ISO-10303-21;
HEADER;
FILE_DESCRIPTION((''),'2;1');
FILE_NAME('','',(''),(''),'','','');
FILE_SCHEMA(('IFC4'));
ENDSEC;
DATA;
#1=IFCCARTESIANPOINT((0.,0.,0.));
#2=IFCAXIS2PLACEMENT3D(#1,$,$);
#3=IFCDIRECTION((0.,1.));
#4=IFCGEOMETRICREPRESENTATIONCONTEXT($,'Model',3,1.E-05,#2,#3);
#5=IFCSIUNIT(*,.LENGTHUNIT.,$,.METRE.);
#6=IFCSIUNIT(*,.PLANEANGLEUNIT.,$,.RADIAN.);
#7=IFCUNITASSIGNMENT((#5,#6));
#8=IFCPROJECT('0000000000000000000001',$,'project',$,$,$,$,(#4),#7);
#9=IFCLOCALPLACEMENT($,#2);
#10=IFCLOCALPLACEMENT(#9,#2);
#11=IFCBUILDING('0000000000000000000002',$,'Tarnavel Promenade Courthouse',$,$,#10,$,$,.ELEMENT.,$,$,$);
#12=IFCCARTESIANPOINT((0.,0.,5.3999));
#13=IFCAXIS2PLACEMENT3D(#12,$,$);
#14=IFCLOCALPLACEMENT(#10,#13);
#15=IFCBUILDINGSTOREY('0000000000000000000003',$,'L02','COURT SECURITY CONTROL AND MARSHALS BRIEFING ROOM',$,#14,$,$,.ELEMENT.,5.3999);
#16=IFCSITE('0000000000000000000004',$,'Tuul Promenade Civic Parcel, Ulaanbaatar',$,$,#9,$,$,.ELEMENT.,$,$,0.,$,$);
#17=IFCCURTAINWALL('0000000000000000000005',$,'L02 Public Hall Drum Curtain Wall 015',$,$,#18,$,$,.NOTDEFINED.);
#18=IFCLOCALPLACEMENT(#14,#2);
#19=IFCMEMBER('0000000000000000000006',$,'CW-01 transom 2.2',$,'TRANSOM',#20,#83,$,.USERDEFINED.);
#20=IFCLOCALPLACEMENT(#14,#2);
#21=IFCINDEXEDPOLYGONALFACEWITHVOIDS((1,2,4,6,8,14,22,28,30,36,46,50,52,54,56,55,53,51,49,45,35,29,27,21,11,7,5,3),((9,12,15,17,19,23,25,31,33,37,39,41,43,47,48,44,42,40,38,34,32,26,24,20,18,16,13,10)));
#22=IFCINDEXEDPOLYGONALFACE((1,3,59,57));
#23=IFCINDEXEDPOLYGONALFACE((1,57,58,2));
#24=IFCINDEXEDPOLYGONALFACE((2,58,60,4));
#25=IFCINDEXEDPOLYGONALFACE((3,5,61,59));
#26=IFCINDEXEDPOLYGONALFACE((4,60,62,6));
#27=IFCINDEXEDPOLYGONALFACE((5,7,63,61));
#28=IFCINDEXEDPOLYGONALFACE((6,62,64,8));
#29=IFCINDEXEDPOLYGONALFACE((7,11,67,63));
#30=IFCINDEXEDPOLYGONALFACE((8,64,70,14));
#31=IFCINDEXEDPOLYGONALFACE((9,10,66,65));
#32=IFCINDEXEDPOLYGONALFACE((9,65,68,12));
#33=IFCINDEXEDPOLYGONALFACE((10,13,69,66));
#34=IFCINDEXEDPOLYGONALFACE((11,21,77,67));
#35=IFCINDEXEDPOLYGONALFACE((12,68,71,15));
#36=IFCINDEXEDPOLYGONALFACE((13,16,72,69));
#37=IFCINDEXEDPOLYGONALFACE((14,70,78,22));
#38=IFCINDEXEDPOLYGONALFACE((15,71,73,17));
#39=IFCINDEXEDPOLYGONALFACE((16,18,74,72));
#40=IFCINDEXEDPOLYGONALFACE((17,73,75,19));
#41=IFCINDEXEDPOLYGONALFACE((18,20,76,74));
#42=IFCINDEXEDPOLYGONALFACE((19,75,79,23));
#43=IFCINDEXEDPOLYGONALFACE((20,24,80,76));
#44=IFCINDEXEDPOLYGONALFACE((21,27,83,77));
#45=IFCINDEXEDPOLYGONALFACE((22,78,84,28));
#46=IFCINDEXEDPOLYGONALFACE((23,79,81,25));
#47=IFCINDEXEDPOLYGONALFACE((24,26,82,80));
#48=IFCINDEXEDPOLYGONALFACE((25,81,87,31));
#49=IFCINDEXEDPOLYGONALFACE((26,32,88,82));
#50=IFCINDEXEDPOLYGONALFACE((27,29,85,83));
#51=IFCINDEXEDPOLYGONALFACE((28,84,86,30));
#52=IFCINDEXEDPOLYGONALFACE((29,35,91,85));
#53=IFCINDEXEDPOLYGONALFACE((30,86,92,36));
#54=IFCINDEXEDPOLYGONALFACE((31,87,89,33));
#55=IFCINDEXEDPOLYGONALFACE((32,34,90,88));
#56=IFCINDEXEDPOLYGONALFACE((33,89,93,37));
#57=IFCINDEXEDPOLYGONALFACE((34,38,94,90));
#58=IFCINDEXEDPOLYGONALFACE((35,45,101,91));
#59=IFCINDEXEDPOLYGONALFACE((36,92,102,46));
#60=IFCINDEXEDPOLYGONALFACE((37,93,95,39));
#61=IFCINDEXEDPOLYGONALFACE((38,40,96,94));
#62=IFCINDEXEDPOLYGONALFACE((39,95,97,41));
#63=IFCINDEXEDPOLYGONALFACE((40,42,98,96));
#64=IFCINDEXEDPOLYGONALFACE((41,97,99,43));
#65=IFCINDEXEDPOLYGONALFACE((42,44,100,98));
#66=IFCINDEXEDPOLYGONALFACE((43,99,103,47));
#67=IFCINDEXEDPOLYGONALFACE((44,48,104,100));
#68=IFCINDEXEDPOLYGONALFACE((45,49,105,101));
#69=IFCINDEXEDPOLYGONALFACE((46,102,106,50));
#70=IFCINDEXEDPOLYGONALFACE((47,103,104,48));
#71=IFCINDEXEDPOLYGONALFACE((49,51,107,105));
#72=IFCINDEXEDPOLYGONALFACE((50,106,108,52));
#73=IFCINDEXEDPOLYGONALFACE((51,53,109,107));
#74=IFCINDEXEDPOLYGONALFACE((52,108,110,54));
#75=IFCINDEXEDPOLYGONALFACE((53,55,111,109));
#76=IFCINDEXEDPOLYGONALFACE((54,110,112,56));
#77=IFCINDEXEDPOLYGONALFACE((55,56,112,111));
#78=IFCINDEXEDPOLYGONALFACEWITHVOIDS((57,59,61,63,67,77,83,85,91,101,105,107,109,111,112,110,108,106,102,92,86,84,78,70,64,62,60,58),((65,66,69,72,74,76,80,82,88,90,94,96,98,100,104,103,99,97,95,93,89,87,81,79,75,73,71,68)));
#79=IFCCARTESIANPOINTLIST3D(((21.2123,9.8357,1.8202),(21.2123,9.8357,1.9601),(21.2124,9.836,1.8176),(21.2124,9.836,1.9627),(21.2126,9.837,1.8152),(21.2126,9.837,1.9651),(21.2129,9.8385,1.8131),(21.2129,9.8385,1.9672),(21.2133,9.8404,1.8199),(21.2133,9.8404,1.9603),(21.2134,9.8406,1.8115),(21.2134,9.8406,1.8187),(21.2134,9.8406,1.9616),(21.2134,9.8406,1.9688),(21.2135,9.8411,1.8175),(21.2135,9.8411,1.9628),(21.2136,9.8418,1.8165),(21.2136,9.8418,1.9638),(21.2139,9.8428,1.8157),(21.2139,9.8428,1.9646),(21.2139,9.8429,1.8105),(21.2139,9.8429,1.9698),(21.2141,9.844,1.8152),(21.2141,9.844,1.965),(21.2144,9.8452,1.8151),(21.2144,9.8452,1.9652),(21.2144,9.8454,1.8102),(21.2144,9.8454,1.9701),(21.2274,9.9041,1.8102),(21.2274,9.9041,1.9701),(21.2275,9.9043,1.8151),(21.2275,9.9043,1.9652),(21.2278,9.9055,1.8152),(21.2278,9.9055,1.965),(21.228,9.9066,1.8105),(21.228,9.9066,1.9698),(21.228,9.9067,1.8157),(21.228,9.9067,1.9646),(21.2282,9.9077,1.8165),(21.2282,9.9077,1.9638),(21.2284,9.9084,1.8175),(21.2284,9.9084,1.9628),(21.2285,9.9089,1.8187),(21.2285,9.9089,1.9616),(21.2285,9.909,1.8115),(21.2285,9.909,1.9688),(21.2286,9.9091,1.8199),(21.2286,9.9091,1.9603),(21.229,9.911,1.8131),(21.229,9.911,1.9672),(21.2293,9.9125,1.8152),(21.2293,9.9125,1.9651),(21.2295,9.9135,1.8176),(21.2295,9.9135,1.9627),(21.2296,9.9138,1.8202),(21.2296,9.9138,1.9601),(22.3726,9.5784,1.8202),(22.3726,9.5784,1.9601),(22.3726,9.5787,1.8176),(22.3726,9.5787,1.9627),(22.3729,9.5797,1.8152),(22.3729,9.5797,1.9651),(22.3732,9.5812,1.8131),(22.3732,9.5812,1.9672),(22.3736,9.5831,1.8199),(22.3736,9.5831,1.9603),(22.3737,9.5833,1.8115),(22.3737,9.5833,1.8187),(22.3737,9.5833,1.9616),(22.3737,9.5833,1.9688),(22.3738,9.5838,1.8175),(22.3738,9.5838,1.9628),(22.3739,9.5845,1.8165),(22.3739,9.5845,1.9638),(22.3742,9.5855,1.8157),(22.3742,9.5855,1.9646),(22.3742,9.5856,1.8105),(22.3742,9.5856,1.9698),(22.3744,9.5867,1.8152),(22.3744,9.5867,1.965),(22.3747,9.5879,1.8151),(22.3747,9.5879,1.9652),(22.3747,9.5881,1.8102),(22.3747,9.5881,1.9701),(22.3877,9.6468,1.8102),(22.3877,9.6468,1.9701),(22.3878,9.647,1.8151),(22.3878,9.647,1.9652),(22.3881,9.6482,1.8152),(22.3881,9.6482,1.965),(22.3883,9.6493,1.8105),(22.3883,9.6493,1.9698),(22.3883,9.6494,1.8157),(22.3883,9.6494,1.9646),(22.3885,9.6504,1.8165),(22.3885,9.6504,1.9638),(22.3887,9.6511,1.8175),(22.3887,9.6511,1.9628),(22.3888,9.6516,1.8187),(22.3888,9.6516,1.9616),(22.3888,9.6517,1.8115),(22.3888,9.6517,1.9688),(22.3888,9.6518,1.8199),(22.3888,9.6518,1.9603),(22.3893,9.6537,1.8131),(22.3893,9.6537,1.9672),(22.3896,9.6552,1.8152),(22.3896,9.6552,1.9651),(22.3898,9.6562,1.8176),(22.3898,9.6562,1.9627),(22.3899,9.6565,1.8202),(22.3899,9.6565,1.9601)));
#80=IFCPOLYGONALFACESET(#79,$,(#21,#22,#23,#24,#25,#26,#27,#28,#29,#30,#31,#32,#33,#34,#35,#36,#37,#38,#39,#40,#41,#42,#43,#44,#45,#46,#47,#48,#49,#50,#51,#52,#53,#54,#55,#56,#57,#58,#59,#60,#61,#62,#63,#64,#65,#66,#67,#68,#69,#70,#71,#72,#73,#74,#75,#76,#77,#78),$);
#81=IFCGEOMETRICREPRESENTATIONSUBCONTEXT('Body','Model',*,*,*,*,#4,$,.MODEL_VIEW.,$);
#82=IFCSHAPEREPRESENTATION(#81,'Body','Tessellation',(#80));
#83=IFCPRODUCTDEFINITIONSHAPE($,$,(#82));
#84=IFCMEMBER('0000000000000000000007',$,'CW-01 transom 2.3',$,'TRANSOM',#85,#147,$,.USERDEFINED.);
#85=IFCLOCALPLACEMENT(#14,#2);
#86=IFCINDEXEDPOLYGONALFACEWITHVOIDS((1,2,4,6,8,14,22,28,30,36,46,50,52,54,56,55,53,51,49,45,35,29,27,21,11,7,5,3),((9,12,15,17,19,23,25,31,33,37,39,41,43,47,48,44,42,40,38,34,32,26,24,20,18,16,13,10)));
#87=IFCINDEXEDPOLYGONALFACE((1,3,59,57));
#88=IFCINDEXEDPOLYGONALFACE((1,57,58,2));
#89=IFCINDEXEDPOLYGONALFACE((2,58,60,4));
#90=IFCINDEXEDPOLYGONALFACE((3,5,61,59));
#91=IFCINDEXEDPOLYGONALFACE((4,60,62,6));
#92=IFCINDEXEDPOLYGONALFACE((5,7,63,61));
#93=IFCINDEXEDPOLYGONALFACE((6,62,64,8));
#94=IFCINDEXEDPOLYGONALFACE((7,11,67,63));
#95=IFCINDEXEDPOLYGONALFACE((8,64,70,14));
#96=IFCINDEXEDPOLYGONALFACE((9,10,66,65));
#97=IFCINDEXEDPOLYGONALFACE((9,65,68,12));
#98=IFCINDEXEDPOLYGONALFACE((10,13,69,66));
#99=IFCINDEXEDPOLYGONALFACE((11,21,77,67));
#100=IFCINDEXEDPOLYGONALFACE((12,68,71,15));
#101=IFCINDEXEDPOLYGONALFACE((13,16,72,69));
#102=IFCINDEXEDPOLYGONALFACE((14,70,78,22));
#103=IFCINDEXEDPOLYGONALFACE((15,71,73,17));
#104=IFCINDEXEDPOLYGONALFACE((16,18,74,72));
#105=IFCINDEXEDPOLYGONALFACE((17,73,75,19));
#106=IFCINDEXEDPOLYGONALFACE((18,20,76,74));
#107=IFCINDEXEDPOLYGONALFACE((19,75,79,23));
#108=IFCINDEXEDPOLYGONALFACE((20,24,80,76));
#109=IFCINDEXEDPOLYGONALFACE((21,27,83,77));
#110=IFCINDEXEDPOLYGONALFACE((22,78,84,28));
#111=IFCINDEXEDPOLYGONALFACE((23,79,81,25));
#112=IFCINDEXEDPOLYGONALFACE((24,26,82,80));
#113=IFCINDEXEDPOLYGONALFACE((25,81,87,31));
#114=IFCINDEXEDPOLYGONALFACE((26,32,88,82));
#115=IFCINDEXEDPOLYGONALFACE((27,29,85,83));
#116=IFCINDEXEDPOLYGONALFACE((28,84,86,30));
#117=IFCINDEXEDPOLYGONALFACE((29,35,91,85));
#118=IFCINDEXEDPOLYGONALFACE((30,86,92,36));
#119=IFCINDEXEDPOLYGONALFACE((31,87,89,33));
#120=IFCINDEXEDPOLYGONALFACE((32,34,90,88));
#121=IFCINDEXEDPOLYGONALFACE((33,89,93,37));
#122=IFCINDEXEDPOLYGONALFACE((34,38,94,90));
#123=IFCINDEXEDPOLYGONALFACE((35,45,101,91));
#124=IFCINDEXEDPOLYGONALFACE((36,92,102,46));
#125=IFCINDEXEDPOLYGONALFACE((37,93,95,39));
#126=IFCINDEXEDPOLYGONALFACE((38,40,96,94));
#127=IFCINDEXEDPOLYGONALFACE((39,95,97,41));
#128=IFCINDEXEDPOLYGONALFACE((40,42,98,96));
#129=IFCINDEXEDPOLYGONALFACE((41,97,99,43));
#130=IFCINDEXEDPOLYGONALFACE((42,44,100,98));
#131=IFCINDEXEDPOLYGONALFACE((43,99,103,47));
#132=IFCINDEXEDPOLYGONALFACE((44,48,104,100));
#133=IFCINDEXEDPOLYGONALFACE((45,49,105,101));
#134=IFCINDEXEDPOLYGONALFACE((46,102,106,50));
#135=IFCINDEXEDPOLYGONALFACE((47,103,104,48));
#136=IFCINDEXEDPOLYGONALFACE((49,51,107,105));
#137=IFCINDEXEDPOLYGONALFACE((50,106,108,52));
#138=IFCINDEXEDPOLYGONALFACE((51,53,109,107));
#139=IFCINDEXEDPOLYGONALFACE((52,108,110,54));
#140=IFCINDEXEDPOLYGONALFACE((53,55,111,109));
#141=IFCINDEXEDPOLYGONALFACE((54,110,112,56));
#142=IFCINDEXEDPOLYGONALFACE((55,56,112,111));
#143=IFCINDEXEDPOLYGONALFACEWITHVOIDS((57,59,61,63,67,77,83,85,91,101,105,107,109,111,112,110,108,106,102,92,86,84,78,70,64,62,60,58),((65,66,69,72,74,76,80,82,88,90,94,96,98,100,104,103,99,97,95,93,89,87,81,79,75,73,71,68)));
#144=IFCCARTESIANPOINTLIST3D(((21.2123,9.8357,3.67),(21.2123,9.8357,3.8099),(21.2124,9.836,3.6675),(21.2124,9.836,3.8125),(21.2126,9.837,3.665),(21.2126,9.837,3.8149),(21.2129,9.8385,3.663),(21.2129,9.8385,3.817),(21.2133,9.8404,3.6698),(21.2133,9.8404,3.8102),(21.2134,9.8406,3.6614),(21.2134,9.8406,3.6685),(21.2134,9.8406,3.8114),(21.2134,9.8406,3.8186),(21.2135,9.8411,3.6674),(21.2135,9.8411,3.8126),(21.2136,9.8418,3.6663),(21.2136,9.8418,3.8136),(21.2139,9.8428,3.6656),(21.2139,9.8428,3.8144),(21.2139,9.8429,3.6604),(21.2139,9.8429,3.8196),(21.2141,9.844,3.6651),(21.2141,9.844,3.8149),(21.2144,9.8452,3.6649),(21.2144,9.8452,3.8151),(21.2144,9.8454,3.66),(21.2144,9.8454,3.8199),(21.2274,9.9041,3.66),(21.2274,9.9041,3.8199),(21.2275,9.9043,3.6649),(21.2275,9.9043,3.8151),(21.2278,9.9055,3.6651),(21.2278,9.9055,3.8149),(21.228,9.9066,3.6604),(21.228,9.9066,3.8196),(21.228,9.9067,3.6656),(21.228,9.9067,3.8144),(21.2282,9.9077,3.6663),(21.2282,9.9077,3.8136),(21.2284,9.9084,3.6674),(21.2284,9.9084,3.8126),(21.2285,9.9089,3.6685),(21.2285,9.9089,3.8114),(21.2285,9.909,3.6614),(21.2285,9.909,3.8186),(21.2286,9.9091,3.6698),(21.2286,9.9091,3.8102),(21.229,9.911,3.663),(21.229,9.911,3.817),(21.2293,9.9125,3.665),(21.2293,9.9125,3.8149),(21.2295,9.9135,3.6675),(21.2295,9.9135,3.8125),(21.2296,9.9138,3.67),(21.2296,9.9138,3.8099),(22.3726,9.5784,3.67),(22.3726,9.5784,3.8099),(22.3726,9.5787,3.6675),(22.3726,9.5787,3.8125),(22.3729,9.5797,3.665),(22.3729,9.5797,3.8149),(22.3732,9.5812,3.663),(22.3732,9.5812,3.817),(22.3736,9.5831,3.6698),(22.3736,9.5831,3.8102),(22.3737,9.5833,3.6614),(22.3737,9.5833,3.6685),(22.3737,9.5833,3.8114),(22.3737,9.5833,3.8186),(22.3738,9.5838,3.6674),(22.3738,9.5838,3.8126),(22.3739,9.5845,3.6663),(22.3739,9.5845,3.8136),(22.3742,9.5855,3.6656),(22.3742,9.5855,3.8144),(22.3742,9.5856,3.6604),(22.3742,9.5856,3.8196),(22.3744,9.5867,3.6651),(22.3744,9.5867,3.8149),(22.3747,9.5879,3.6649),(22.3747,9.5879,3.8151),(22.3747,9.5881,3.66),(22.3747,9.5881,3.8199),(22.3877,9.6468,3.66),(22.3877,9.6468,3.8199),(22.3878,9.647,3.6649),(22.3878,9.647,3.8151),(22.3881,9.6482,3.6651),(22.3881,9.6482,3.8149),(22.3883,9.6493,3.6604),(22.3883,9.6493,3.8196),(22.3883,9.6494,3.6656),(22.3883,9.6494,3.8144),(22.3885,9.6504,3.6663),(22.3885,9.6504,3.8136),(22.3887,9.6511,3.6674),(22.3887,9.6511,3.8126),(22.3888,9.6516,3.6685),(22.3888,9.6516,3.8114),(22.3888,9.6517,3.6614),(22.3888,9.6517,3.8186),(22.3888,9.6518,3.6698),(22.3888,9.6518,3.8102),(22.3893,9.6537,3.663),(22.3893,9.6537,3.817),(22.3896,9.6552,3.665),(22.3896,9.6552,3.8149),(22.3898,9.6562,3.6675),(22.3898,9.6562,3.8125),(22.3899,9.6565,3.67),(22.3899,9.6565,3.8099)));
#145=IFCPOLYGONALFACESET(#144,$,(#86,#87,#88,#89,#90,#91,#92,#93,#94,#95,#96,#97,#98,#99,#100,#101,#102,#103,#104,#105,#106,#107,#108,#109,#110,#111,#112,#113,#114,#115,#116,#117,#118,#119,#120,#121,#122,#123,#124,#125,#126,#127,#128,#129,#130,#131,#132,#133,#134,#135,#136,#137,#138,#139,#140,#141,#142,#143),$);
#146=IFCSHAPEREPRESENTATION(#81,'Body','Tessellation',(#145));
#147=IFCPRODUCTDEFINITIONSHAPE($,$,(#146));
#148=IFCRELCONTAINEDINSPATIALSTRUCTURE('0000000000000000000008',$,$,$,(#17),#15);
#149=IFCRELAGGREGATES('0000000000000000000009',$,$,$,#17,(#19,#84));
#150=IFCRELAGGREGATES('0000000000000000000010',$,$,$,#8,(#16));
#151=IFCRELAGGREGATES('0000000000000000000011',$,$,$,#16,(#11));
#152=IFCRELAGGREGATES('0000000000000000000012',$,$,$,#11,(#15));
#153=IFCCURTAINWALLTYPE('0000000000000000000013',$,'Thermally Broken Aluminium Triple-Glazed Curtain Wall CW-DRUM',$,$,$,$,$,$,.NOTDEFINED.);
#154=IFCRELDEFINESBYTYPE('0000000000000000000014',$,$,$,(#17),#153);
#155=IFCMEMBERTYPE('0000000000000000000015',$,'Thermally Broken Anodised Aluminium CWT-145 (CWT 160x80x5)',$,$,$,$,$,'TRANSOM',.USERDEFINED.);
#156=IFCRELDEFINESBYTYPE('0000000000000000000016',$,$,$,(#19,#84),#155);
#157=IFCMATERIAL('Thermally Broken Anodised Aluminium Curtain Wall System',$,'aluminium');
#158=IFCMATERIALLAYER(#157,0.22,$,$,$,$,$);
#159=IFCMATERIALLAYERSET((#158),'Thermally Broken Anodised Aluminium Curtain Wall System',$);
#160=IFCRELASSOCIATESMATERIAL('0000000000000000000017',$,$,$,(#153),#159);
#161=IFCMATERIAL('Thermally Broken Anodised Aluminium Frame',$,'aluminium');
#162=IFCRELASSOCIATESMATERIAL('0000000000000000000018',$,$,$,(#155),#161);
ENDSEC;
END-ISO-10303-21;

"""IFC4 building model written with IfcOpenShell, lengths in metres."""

from ifc_helpers import new_model, si_unit, direction, frame, origin, origin_2d, place, context, subcontext, project, spatial, hollow_rectangle, extrude, material, layer, layer_set, material_profile, profile_set, type_object, element, aggregate, save


model = new_model("IFC4")

# Units and contexts
model_context = context("Model", 3, precision=1e-05, world=origin(), true_north=direction((0.0, 1.0)))
body_context = subcontext(model_context, "Body", "Model", "MODEL_VIEW")
ifc_project = project(units=[si_unit("LENGTHUNIT", "METRE"), si_unit("PLANEANGLEUNIT", "RADIAN")], contexts=[model_context])

# Site, building, storey
site_placement = place(None, origin())
site = spatial("IfcSite", under=ifc_project, at=site_placement, Name="Tuul Promenade Civic Parcel, Ulaanbaatar", CompositionType="ELEMENT", RefElevation=0.0)
building_placement = place(site_placement, origin())
building = spatial("IfcBuilding", under=site, at=building_placement, Name="Tarnavel Promenade Courthouse", CompositionType="ELEMENT")
storey_placement = place(building_placement, frame((0.0, 0.0, 5.3999)))
storey = spatial("IfcBuildingStorey", under=building, at=storey_placement, Name="L02", Description="COURT SECURITY CONTROL AND MARSHALS BRIEFING ROOM", CompositionType="ELEMENT", Elevation=5.3999)

# Curtain wall
ifc_material_1 = material(Name="Thermally Broken Anodised Aluminium Curtain Wall System", Category="aluminium")
ifc_layer_1 = layer(ifc_material_1, 0.22)
ifc_layer_set_1 = layer_set([ifc_layer_1], Name="Thermally Broken Anodised Aluminium Curtain Wall System")
curtain_wall_type = type_object("IfcCurtainWallType", Name="Thermally Broken Aluminium Triple-Glazed Curtain Wall CW-DRUM", PredefinedType="NOTDEFINED", material=ifc_layer_set_1)
curtain_wall_1_placement = place(storey_placement, origin())
curtain_wall_1 = element("IfcCurtainWall", 1, at=curtain_wall_1_placement, inside=storey, type_object=curtain_wall_type, Name="L02 Public Hall Drum Curtain Wall 015", PredefinedType="NOTDEFINED")
ifc_material_2 = material(Name="Thermally Broken Anodised Aluminium Frame", Category="aluminium")

# Members
ifc_material_profile_1 = material_profile(ifc_material_2, hollow_rectangle(XDim=0.0801, YDim=0.1599, WallThickness=0.0049, InnerFilletRadius=0.0049, OuterFilletRadius=0.01, at=origin_2d()), Name="CWT 160x80x5")
ifc_profile_set_1 = profile_set([ifc_material_profile_1], Name="Thermally Broken Anodised Aluminium Frame")
member_type_1 = type_object("IfcMemberType", Name="Thermally Broken Anodised Aluminium CWT-145 (CWT 160x80x5)", ElementType="TRANSOM", PredefinedType="USERDEFINED", material=ifc_profile_set_1)
member_1_placement = place(storey_placement, frame((21.2209, 9.8748, 1.8901), z_axis=(0.976284, -0.216495, 0.0), x_axis=(0.216495, 0.976284, 0.0)))
member_1 = element("IfcMember", 2, at=member_1_placement, type_object=member_type_1, Name="CW-01 transom 2.2", ObjectType="TRANSOM", PredefinedType="USERDEFINED", context=body_context, shape_type="SweptSolid", body=[
    extrude(hollow_rectangle(XDim=0.0801, YDim=0.1599, WallThickness=0.0049, InnerFilletRadius=0.0049, OuterFilletRadius=0.01, at=origin_2d()), origin(), (0.0, 0.0, 1.0), 1.1885),
])
member_2_placement = place(storey_placement, frame((21.2209, 9.8748, 3.74), z_axis=(0.976284, -0.216495, 0.0), x_axis=(0.216495, 0.976284, 0.0)))
member_2 = element("IfcMember", 3, at=member_2_placement, type_object=member_type_1, Name="CW-01 transom 2.3", ObjectType="TRANSOM", PredefinedType="USERDEFINED", context=body_context, shape_type="SweptSolid", body=[
    extrude(hollow_rectangle(XDim=0.0801, YDim=0.1599, WallThickness=0.0049, InnerFilletRadius=0.0049, OuterFilletRadius=0.01, at=origin_2d()), origin(), (0.0, 0.0, 1.0), 1.1885),
])

aggregate(curtain_wall_1, [member_1, member_2])

save(model, "model.ifc")
